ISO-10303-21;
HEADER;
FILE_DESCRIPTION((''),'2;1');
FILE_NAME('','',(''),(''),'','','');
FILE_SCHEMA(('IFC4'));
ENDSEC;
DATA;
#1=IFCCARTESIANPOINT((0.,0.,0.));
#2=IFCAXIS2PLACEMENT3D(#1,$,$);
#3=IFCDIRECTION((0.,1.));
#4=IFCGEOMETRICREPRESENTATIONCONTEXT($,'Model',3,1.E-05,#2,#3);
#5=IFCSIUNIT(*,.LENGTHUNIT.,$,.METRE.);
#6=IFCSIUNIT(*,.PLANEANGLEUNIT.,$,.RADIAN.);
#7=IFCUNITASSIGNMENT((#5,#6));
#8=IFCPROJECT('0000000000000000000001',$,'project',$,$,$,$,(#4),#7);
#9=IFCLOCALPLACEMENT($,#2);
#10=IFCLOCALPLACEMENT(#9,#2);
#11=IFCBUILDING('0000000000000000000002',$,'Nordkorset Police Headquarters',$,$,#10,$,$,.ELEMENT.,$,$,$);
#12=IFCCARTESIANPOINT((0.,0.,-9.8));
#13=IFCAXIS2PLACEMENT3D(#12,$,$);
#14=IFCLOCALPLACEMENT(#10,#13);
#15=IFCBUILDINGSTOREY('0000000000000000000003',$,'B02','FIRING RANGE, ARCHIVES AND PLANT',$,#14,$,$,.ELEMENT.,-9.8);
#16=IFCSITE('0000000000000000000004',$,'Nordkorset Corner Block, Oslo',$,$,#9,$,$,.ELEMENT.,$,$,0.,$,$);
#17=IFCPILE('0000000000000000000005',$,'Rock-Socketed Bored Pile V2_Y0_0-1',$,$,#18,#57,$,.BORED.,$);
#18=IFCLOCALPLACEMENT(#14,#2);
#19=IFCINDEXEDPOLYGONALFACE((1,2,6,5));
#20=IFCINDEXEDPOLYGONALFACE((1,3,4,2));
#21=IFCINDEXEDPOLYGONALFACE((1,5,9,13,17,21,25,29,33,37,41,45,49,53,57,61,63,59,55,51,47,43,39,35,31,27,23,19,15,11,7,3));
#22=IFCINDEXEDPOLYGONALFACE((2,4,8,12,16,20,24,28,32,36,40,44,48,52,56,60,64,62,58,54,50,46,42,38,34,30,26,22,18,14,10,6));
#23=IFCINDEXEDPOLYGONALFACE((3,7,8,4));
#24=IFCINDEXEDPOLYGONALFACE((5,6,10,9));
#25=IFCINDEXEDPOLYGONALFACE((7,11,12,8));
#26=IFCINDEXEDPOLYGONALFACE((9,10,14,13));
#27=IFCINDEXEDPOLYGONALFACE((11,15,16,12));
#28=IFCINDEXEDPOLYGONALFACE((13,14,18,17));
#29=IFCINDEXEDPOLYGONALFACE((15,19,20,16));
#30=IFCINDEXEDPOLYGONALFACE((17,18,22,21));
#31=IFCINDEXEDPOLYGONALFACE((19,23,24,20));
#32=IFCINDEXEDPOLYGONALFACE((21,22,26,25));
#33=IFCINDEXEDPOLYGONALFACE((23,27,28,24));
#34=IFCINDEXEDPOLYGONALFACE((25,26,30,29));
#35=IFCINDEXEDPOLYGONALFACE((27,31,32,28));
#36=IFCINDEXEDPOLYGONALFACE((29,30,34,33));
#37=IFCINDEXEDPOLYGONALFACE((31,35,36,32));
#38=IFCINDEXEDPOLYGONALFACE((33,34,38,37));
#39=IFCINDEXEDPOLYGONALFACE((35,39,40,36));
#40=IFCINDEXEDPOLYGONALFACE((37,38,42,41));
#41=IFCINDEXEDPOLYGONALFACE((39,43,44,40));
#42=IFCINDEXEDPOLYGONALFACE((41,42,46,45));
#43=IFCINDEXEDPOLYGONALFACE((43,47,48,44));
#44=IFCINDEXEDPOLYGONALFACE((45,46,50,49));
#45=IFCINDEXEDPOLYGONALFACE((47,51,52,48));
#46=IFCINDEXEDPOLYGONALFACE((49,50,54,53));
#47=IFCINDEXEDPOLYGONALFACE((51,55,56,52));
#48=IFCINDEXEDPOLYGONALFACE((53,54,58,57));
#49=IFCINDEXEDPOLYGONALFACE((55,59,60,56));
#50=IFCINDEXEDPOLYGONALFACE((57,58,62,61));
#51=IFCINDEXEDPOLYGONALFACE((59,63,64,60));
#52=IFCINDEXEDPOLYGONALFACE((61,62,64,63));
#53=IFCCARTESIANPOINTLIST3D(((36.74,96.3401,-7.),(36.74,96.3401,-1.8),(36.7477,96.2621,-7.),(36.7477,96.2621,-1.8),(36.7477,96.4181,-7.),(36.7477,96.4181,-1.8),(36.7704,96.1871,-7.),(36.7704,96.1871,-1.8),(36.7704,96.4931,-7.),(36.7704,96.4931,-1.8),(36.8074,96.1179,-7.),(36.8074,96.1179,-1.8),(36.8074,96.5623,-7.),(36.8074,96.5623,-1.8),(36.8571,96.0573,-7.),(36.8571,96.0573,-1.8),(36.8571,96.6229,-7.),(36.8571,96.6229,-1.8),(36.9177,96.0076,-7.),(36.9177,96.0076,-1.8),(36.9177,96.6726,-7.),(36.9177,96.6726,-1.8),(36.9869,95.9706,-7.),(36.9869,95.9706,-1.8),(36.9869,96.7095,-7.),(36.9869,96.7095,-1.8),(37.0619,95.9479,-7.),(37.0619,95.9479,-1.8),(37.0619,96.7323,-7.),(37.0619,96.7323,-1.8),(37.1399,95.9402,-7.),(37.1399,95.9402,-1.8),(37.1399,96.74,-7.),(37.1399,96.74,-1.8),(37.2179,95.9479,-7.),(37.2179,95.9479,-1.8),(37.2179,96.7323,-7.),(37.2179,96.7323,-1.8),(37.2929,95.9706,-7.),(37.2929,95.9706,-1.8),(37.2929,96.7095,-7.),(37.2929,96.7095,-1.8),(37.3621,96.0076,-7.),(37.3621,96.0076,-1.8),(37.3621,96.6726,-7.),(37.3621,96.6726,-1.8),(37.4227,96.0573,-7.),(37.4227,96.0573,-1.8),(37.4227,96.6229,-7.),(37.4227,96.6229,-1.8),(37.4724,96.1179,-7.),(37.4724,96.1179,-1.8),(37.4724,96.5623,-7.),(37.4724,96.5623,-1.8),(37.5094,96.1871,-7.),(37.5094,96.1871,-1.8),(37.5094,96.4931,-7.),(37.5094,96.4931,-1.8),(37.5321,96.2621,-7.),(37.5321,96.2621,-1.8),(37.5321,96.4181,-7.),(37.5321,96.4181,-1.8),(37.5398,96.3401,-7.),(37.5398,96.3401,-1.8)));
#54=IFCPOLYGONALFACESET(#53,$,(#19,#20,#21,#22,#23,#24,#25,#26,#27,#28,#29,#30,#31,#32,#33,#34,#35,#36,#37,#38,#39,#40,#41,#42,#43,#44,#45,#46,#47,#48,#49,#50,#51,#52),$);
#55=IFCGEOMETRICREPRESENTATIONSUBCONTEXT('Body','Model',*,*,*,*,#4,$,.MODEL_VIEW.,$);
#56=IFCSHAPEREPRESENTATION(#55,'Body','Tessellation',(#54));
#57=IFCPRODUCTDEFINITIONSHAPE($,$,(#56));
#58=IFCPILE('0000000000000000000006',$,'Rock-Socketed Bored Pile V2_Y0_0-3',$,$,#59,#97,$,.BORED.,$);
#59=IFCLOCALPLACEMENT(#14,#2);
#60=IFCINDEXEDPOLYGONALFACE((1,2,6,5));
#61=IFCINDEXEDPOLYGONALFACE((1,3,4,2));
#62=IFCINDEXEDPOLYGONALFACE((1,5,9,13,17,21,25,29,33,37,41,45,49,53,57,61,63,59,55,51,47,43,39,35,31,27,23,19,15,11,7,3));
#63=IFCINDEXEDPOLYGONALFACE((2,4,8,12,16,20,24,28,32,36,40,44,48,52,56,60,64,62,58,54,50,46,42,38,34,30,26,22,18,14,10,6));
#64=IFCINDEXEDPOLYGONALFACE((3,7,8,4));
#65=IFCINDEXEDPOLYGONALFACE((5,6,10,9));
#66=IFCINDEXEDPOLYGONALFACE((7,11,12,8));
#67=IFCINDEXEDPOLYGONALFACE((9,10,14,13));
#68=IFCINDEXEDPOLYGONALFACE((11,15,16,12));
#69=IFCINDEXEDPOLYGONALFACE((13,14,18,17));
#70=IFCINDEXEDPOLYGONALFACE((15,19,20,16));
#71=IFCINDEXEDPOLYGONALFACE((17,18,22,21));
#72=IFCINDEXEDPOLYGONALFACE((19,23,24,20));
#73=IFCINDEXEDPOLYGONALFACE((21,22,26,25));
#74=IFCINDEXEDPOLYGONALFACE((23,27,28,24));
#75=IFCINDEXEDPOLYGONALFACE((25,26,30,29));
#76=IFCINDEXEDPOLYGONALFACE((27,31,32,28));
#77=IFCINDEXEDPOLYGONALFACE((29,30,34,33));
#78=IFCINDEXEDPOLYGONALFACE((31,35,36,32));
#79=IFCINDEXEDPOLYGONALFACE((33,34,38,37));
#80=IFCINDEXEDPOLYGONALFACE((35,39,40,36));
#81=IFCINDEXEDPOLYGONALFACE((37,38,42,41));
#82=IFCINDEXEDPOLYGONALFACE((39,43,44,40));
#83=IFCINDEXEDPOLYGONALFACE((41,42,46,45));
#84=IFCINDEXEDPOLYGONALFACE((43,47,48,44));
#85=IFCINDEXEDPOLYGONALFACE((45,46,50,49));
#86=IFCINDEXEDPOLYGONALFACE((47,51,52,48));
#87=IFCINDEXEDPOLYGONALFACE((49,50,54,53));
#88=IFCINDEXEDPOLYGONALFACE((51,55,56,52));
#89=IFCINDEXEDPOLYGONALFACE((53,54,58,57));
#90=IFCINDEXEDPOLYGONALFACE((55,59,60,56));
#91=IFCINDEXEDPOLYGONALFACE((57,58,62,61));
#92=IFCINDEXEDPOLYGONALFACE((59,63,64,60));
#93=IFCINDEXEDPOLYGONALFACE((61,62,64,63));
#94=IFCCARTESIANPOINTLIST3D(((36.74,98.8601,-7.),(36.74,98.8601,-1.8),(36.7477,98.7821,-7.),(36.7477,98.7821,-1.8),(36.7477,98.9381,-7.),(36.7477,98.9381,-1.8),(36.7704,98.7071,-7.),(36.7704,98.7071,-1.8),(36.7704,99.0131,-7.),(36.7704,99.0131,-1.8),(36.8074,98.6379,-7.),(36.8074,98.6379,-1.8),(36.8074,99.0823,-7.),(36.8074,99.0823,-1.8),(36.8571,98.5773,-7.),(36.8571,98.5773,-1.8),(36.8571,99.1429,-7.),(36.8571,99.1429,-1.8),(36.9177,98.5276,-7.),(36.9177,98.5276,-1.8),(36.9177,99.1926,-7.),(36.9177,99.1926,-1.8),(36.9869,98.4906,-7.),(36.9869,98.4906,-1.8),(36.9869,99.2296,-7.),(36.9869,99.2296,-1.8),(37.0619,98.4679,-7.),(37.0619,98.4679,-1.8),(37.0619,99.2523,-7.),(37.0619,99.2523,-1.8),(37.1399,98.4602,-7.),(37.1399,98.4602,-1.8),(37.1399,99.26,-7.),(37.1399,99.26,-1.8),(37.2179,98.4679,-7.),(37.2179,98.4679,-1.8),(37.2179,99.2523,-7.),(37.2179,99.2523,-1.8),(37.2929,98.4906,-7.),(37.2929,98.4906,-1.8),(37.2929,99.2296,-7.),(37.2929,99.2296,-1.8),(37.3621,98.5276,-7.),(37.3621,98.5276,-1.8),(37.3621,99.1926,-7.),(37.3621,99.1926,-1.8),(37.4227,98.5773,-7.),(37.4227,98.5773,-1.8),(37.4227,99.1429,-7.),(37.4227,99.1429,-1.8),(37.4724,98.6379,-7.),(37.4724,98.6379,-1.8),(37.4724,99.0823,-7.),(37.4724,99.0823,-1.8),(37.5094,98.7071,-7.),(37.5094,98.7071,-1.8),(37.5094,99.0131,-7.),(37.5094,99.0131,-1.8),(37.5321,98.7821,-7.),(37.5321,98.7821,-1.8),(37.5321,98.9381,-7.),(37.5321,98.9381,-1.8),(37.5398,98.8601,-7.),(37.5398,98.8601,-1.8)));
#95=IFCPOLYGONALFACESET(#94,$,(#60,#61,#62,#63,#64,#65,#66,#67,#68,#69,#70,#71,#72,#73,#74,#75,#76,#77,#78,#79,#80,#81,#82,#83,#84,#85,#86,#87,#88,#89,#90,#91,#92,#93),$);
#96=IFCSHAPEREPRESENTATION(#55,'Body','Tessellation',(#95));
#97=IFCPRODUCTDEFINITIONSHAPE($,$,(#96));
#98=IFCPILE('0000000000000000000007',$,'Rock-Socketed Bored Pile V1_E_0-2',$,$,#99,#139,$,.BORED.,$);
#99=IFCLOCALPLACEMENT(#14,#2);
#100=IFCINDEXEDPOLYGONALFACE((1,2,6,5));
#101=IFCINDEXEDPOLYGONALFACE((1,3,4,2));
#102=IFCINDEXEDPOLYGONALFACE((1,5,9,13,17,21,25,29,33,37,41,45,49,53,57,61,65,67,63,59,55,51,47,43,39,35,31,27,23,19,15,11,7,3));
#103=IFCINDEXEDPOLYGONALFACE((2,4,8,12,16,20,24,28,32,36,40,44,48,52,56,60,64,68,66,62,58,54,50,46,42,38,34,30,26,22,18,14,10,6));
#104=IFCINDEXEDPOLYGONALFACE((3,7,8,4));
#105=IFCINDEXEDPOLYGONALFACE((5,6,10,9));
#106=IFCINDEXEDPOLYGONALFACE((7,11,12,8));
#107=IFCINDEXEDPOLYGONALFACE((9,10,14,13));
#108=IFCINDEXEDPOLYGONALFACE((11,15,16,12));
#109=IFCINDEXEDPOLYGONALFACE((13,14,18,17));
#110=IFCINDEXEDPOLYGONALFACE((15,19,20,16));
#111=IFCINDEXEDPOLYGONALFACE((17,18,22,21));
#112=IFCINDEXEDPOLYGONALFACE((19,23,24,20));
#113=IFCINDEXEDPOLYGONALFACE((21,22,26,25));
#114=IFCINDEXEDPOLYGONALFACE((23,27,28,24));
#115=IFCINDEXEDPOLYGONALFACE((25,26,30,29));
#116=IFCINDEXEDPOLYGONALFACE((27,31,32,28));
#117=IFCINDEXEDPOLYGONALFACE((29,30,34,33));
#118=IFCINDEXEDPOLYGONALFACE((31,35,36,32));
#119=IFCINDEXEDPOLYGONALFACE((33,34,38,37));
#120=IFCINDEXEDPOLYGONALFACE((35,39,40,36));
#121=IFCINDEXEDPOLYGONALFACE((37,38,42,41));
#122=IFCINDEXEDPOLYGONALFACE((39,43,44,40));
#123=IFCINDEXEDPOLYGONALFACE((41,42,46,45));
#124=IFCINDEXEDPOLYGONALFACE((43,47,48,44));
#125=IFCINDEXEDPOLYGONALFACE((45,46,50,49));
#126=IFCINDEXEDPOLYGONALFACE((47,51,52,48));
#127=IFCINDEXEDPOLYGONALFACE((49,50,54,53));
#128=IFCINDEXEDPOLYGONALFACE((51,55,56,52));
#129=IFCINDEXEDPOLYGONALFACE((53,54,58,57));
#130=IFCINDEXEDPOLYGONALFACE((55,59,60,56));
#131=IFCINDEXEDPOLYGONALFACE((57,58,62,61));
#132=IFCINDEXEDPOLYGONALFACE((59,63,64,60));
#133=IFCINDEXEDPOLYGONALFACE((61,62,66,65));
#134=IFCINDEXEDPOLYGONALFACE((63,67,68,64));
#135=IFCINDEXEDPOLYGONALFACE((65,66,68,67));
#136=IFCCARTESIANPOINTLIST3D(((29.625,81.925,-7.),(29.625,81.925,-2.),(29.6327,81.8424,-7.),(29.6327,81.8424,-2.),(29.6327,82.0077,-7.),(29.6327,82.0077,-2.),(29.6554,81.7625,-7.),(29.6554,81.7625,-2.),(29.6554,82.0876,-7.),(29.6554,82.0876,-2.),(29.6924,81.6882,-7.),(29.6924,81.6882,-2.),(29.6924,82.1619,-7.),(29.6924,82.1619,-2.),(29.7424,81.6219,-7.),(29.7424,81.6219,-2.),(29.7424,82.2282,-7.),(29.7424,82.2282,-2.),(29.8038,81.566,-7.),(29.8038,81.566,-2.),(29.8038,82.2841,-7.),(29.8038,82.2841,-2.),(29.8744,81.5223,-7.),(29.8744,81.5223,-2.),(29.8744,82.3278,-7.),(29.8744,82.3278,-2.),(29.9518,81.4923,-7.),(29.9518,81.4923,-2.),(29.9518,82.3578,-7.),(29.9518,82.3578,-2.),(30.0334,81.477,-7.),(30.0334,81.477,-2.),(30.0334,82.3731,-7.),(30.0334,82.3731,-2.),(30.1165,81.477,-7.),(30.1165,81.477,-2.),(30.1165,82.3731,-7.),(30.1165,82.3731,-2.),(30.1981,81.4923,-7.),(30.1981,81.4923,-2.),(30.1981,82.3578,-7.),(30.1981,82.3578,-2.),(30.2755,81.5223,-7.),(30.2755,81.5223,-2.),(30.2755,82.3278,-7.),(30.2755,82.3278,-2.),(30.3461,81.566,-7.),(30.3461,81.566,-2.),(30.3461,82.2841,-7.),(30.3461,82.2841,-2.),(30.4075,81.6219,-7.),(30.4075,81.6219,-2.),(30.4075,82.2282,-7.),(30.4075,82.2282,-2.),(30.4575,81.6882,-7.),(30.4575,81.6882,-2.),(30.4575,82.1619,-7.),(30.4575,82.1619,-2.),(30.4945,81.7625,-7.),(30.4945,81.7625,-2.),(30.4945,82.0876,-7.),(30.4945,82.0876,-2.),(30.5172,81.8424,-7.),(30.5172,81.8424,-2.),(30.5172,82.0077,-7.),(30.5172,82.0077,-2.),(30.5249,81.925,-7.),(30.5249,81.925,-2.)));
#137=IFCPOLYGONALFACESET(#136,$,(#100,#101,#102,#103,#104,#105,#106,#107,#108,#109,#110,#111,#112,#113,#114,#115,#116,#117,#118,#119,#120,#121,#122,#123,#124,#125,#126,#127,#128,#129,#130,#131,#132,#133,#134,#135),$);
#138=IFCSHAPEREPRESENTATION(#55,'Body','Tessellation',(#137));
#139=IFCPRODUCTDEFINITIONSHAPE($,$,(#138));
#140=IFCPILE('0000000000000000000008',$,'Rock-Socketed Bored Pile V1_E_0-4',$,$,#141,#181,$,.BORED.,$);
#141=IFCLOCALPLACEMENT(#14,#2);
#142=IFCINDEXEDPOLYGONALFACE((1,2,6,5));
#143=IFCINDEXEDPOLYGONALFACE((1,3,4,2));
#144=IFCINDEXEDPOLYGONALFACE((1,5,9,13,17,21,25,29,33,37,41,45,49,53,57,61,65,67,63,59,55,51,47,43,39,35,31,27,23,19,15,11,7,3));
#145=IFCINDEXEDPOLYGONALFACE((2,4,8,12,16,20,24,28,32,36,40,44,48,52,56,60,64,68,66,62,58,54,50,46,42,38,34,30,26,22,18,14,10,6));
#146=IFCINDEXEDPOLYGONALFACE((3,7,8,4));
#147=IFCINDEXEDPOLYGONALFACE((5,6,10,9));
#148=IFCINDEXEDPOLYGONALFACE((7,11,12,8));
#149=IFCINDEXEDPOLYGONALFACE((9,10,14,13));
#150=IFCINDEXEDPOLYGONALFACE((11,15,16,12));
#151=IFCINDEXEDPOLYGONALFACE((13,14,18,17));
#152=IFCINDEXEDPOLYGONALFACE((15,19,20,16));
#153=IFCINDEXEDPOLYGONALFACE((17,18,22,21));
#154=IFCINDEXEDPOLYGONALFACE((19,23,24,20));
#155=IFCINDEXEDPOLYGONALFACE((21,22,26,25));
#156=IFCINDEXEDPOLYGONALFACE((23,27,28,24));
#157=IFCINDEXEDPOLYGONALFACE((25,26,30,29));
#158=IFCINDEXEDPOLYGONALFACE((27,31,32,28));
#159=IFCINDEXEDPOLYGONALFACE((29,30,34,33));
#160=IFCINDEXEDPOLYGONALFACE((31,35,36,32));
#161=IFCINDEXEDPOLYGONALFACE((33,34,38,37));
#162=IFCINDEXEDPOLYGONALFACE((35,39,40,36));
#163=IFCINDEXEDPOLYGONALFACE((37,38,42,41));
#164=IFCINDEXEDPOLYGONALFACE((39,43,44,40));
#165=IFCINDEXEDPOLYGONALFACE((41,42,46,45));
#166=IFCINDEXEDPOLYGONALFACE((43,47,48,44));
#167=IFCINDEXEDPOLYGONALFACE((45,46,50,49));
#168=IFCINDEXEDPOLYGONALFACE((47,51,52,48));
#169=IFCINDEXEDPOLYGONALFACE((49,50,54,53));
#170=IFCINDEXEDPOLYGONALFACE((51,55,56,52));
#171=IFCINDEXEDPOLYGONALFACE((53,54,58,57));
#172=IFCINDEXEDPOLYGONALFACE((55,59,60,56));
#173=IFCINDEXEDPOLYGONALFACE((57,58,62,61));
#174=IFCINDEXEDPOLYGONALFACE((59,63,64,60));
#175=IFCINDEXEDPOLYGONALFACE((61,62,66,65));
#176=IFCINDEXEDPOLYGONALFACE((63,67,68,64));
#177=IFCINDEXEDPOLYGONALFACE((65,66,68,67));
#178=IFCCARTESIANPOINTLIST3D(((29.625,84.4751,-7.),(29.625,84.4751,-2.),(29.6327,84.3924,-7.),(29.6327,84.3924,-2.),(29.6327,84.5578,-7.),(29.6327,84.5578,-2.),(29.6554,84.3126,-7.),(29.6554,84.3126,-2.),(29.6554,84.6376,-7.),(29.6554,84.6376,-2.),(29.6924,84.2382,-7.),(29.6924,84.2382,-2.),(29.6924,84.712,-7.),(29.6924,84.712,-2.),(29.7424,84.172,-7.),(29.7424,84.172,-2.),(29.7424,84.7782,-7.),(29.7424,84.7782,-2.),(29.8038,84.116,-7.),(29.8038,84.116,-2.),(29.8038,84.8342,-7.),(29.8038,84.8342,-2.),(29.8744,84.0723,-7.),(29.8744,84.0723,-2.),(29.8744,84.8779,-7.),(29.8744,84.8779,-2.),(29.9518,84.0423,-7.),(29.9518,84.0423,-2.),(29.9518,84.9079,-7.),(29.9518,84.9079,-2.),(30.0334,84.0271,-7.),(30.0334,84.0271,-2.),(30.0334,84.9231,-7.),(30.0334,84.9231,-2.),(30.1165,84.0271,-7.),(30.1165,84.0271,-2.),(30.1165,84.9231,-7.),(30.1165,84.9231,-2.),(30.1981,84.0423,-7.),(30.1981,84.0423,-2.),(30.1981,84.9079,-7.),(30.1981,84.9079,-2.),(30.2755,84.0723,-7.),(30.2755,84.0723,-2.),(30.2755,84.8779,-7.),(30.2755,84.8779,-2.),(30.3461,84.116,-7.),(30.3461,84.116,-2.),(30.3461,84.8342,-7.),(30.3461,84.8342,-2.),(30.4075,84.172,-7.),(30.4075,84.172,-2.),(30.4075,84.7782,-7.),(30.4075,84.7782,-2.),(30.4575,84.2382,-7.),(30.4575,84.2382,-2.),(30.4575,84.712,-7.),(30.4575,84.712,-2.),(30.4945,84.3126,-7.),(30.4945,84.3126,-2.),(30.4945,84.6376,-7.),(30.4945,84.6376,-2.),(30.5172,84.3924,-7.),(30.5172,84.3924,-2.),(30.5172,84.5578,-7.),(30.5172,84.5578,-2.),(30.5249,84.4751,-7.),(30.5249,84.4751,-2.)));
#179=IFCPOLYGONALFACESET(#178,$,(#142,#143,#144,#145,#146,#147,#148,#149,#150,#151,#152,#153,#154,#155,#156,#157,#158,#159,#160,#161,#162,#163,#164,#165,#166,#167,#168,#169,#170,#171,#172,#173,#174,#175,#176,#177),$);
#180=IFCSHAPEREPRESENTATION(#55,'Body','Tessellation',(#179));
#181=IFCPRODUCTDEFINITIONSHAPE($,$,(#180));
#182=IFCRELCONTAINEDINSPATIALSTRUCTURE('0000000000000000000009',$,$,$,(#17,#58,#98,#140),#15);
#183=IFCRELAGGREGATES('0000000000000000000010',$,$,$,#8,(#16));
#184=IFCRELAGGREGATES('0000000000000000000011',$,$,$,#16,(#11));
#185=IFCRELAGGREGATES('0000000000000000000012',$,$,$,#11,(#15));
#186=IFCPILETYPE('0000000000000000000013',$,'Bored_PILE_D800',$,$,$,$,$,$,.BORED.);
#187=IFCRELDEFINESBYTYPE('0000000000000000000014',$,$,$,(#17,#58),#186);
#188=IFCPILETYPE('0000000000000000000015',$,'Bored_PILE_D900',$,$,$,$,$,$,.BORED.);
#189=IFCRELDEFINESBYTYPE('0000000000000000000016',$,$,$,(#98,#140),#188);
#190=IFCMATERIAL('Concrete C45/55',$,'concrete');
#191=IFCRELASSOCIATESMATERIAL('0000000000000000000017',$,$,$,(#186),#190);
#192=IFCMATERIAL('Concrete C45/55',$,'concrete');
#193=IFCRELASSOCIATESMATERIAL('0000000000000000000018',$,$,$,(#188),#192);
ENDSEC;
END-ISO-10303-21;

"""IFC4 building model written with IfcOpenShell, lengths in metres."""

from ifc_helpers import new_model, si_unit, direction, frame, origin, origin_2d, place, context, subcontext, project, spatial, circle, extrude, material, material_profile, profile_set, type_object, element, save


model = new_model("IFC4")

# Units and contexts
model_context = context("Model", 3, precision=1e-05, world=origin(), true_north=direction((0.0, 1.0)))
body_context = subcontext(model_context, "Body", "Model", "MODEL_VIEW")
ifc_project = project(units=[si_unit("LENGTHUNIT", "METRE"), si_unit("PLANEANGLEUNIT", "RADIAN")], contexts=[model_context])

# Site, building, storey
site_placement = place(None, origin())
site = spatial("IfcSite", under=ifc_project, at=site_placement, Name="Nordkorset Corner Block, Oslo", CompositionType="ELEMENT", RefElevation=0.0)
building_placement = place(site_placement, origin())
building = spatial("IfcBuilding", under=site, at=building_placement, Name="Nordkorset Police Headquarters", CompositionType="ELEMENT")
storey_placement = place(building_placement, frame((0.0, 0.0, -9.8)))
storey = spatial("IfcBuildingStorey", under=building, at=storey_placement, Name="B02", Description="FIRING RANGE, ARCHIVES AND PLANT", CompositionType="ELEMENT", Elevation=-9.8)

# Piles
ifc_material_1 = material(Name="Concrete C45/55", Category="concrete")
ifc_material_profile_1 = material_profile(ifc_material_1, circle(Radius=0.3999, at=origin_2d()), Name="PILE D800")
ifc_profile_set_1 = profile_set([ifc_material_profile_1], Name="Concrete C45/55")
pile_type_1 = type_object("IfcPileType", Name="Bored_PILE_D800", PredefinedType="BORED", material=ifc_profile_set_1)
for number, where, z_axis, x_axis, name in (
    (1, (37.1399, 96.3401, -1.8), (0.0, 0.0, -1.0), (1.0, 0.0, 0.0), "Rock-Socketed Bored Pile V2_Y0_0-1"),
    (2, (37.1399, 98.8601, -1.8), (0.0, 0.0, -1.0), (1.0, 0.0, 0.0), "Rock-Socketed Bored Pile V2_Y0_0-3"),
):
    element("IfcPile", number, at=place(storey_placement, frame(where, z_axis=z_axis, x_axis=x_axis)), inside=storey, type_object=pile_type_1, Name=name, PredefinedType="BORED", context=body_context, shape_type="SweptSolid", body=[
        extrude(circle(Radius=0.3999, at=origin_2d()), origin(), (0.0, 0.0, 1.0), 5.2),
    ])
ifc_material_2 = material(Name="Concrete C45/55", Category="concrete")
ifc_material_profile_2 = material_profile(ifc_material_2, circle(Radius=0.45, at=origin_2d()), Name="PILE D900")
ifc_profile_set_2 = profile_set([ifc_material_profile_2], Name="Concrete C45/55")
pile_type_2 = type_object("IfcPileType", Name="Bored_PILE_D900", PredefinedType="BORED", material=ifc_profile_set_2)
for number, where, z_axis, x_axis, name in (
    (3, (30.075, 81.925, -2.0), (0.0, 0.0, -1.0), (1.0, 0.0, 0.0), "Rock-Socketed Bored Pile V1_E_0-2"),
    (4, (30.075, 84.4751, -2.0), (0.0, 0.0, -1.0), (1.0, 0.0, 0.0), "Rock-Socketed Bored Pile V1_E_0-4"),
):
    element("IfcPile", number, at=place(storey_placement, frame(where, z_axis=z_axis, x_axis=x_axis)), inside=storey, type_object=pile_type_2, Name=name, PredefinedType="BORED", context=body_context, shape_type="SweptSolid", body=[
        extrude(circle(Radius=0.45, at=origin_2d()), origin(), (0.0, 0.0, 1.0), 5.0),
    ])

save(model, "model.ifc")
